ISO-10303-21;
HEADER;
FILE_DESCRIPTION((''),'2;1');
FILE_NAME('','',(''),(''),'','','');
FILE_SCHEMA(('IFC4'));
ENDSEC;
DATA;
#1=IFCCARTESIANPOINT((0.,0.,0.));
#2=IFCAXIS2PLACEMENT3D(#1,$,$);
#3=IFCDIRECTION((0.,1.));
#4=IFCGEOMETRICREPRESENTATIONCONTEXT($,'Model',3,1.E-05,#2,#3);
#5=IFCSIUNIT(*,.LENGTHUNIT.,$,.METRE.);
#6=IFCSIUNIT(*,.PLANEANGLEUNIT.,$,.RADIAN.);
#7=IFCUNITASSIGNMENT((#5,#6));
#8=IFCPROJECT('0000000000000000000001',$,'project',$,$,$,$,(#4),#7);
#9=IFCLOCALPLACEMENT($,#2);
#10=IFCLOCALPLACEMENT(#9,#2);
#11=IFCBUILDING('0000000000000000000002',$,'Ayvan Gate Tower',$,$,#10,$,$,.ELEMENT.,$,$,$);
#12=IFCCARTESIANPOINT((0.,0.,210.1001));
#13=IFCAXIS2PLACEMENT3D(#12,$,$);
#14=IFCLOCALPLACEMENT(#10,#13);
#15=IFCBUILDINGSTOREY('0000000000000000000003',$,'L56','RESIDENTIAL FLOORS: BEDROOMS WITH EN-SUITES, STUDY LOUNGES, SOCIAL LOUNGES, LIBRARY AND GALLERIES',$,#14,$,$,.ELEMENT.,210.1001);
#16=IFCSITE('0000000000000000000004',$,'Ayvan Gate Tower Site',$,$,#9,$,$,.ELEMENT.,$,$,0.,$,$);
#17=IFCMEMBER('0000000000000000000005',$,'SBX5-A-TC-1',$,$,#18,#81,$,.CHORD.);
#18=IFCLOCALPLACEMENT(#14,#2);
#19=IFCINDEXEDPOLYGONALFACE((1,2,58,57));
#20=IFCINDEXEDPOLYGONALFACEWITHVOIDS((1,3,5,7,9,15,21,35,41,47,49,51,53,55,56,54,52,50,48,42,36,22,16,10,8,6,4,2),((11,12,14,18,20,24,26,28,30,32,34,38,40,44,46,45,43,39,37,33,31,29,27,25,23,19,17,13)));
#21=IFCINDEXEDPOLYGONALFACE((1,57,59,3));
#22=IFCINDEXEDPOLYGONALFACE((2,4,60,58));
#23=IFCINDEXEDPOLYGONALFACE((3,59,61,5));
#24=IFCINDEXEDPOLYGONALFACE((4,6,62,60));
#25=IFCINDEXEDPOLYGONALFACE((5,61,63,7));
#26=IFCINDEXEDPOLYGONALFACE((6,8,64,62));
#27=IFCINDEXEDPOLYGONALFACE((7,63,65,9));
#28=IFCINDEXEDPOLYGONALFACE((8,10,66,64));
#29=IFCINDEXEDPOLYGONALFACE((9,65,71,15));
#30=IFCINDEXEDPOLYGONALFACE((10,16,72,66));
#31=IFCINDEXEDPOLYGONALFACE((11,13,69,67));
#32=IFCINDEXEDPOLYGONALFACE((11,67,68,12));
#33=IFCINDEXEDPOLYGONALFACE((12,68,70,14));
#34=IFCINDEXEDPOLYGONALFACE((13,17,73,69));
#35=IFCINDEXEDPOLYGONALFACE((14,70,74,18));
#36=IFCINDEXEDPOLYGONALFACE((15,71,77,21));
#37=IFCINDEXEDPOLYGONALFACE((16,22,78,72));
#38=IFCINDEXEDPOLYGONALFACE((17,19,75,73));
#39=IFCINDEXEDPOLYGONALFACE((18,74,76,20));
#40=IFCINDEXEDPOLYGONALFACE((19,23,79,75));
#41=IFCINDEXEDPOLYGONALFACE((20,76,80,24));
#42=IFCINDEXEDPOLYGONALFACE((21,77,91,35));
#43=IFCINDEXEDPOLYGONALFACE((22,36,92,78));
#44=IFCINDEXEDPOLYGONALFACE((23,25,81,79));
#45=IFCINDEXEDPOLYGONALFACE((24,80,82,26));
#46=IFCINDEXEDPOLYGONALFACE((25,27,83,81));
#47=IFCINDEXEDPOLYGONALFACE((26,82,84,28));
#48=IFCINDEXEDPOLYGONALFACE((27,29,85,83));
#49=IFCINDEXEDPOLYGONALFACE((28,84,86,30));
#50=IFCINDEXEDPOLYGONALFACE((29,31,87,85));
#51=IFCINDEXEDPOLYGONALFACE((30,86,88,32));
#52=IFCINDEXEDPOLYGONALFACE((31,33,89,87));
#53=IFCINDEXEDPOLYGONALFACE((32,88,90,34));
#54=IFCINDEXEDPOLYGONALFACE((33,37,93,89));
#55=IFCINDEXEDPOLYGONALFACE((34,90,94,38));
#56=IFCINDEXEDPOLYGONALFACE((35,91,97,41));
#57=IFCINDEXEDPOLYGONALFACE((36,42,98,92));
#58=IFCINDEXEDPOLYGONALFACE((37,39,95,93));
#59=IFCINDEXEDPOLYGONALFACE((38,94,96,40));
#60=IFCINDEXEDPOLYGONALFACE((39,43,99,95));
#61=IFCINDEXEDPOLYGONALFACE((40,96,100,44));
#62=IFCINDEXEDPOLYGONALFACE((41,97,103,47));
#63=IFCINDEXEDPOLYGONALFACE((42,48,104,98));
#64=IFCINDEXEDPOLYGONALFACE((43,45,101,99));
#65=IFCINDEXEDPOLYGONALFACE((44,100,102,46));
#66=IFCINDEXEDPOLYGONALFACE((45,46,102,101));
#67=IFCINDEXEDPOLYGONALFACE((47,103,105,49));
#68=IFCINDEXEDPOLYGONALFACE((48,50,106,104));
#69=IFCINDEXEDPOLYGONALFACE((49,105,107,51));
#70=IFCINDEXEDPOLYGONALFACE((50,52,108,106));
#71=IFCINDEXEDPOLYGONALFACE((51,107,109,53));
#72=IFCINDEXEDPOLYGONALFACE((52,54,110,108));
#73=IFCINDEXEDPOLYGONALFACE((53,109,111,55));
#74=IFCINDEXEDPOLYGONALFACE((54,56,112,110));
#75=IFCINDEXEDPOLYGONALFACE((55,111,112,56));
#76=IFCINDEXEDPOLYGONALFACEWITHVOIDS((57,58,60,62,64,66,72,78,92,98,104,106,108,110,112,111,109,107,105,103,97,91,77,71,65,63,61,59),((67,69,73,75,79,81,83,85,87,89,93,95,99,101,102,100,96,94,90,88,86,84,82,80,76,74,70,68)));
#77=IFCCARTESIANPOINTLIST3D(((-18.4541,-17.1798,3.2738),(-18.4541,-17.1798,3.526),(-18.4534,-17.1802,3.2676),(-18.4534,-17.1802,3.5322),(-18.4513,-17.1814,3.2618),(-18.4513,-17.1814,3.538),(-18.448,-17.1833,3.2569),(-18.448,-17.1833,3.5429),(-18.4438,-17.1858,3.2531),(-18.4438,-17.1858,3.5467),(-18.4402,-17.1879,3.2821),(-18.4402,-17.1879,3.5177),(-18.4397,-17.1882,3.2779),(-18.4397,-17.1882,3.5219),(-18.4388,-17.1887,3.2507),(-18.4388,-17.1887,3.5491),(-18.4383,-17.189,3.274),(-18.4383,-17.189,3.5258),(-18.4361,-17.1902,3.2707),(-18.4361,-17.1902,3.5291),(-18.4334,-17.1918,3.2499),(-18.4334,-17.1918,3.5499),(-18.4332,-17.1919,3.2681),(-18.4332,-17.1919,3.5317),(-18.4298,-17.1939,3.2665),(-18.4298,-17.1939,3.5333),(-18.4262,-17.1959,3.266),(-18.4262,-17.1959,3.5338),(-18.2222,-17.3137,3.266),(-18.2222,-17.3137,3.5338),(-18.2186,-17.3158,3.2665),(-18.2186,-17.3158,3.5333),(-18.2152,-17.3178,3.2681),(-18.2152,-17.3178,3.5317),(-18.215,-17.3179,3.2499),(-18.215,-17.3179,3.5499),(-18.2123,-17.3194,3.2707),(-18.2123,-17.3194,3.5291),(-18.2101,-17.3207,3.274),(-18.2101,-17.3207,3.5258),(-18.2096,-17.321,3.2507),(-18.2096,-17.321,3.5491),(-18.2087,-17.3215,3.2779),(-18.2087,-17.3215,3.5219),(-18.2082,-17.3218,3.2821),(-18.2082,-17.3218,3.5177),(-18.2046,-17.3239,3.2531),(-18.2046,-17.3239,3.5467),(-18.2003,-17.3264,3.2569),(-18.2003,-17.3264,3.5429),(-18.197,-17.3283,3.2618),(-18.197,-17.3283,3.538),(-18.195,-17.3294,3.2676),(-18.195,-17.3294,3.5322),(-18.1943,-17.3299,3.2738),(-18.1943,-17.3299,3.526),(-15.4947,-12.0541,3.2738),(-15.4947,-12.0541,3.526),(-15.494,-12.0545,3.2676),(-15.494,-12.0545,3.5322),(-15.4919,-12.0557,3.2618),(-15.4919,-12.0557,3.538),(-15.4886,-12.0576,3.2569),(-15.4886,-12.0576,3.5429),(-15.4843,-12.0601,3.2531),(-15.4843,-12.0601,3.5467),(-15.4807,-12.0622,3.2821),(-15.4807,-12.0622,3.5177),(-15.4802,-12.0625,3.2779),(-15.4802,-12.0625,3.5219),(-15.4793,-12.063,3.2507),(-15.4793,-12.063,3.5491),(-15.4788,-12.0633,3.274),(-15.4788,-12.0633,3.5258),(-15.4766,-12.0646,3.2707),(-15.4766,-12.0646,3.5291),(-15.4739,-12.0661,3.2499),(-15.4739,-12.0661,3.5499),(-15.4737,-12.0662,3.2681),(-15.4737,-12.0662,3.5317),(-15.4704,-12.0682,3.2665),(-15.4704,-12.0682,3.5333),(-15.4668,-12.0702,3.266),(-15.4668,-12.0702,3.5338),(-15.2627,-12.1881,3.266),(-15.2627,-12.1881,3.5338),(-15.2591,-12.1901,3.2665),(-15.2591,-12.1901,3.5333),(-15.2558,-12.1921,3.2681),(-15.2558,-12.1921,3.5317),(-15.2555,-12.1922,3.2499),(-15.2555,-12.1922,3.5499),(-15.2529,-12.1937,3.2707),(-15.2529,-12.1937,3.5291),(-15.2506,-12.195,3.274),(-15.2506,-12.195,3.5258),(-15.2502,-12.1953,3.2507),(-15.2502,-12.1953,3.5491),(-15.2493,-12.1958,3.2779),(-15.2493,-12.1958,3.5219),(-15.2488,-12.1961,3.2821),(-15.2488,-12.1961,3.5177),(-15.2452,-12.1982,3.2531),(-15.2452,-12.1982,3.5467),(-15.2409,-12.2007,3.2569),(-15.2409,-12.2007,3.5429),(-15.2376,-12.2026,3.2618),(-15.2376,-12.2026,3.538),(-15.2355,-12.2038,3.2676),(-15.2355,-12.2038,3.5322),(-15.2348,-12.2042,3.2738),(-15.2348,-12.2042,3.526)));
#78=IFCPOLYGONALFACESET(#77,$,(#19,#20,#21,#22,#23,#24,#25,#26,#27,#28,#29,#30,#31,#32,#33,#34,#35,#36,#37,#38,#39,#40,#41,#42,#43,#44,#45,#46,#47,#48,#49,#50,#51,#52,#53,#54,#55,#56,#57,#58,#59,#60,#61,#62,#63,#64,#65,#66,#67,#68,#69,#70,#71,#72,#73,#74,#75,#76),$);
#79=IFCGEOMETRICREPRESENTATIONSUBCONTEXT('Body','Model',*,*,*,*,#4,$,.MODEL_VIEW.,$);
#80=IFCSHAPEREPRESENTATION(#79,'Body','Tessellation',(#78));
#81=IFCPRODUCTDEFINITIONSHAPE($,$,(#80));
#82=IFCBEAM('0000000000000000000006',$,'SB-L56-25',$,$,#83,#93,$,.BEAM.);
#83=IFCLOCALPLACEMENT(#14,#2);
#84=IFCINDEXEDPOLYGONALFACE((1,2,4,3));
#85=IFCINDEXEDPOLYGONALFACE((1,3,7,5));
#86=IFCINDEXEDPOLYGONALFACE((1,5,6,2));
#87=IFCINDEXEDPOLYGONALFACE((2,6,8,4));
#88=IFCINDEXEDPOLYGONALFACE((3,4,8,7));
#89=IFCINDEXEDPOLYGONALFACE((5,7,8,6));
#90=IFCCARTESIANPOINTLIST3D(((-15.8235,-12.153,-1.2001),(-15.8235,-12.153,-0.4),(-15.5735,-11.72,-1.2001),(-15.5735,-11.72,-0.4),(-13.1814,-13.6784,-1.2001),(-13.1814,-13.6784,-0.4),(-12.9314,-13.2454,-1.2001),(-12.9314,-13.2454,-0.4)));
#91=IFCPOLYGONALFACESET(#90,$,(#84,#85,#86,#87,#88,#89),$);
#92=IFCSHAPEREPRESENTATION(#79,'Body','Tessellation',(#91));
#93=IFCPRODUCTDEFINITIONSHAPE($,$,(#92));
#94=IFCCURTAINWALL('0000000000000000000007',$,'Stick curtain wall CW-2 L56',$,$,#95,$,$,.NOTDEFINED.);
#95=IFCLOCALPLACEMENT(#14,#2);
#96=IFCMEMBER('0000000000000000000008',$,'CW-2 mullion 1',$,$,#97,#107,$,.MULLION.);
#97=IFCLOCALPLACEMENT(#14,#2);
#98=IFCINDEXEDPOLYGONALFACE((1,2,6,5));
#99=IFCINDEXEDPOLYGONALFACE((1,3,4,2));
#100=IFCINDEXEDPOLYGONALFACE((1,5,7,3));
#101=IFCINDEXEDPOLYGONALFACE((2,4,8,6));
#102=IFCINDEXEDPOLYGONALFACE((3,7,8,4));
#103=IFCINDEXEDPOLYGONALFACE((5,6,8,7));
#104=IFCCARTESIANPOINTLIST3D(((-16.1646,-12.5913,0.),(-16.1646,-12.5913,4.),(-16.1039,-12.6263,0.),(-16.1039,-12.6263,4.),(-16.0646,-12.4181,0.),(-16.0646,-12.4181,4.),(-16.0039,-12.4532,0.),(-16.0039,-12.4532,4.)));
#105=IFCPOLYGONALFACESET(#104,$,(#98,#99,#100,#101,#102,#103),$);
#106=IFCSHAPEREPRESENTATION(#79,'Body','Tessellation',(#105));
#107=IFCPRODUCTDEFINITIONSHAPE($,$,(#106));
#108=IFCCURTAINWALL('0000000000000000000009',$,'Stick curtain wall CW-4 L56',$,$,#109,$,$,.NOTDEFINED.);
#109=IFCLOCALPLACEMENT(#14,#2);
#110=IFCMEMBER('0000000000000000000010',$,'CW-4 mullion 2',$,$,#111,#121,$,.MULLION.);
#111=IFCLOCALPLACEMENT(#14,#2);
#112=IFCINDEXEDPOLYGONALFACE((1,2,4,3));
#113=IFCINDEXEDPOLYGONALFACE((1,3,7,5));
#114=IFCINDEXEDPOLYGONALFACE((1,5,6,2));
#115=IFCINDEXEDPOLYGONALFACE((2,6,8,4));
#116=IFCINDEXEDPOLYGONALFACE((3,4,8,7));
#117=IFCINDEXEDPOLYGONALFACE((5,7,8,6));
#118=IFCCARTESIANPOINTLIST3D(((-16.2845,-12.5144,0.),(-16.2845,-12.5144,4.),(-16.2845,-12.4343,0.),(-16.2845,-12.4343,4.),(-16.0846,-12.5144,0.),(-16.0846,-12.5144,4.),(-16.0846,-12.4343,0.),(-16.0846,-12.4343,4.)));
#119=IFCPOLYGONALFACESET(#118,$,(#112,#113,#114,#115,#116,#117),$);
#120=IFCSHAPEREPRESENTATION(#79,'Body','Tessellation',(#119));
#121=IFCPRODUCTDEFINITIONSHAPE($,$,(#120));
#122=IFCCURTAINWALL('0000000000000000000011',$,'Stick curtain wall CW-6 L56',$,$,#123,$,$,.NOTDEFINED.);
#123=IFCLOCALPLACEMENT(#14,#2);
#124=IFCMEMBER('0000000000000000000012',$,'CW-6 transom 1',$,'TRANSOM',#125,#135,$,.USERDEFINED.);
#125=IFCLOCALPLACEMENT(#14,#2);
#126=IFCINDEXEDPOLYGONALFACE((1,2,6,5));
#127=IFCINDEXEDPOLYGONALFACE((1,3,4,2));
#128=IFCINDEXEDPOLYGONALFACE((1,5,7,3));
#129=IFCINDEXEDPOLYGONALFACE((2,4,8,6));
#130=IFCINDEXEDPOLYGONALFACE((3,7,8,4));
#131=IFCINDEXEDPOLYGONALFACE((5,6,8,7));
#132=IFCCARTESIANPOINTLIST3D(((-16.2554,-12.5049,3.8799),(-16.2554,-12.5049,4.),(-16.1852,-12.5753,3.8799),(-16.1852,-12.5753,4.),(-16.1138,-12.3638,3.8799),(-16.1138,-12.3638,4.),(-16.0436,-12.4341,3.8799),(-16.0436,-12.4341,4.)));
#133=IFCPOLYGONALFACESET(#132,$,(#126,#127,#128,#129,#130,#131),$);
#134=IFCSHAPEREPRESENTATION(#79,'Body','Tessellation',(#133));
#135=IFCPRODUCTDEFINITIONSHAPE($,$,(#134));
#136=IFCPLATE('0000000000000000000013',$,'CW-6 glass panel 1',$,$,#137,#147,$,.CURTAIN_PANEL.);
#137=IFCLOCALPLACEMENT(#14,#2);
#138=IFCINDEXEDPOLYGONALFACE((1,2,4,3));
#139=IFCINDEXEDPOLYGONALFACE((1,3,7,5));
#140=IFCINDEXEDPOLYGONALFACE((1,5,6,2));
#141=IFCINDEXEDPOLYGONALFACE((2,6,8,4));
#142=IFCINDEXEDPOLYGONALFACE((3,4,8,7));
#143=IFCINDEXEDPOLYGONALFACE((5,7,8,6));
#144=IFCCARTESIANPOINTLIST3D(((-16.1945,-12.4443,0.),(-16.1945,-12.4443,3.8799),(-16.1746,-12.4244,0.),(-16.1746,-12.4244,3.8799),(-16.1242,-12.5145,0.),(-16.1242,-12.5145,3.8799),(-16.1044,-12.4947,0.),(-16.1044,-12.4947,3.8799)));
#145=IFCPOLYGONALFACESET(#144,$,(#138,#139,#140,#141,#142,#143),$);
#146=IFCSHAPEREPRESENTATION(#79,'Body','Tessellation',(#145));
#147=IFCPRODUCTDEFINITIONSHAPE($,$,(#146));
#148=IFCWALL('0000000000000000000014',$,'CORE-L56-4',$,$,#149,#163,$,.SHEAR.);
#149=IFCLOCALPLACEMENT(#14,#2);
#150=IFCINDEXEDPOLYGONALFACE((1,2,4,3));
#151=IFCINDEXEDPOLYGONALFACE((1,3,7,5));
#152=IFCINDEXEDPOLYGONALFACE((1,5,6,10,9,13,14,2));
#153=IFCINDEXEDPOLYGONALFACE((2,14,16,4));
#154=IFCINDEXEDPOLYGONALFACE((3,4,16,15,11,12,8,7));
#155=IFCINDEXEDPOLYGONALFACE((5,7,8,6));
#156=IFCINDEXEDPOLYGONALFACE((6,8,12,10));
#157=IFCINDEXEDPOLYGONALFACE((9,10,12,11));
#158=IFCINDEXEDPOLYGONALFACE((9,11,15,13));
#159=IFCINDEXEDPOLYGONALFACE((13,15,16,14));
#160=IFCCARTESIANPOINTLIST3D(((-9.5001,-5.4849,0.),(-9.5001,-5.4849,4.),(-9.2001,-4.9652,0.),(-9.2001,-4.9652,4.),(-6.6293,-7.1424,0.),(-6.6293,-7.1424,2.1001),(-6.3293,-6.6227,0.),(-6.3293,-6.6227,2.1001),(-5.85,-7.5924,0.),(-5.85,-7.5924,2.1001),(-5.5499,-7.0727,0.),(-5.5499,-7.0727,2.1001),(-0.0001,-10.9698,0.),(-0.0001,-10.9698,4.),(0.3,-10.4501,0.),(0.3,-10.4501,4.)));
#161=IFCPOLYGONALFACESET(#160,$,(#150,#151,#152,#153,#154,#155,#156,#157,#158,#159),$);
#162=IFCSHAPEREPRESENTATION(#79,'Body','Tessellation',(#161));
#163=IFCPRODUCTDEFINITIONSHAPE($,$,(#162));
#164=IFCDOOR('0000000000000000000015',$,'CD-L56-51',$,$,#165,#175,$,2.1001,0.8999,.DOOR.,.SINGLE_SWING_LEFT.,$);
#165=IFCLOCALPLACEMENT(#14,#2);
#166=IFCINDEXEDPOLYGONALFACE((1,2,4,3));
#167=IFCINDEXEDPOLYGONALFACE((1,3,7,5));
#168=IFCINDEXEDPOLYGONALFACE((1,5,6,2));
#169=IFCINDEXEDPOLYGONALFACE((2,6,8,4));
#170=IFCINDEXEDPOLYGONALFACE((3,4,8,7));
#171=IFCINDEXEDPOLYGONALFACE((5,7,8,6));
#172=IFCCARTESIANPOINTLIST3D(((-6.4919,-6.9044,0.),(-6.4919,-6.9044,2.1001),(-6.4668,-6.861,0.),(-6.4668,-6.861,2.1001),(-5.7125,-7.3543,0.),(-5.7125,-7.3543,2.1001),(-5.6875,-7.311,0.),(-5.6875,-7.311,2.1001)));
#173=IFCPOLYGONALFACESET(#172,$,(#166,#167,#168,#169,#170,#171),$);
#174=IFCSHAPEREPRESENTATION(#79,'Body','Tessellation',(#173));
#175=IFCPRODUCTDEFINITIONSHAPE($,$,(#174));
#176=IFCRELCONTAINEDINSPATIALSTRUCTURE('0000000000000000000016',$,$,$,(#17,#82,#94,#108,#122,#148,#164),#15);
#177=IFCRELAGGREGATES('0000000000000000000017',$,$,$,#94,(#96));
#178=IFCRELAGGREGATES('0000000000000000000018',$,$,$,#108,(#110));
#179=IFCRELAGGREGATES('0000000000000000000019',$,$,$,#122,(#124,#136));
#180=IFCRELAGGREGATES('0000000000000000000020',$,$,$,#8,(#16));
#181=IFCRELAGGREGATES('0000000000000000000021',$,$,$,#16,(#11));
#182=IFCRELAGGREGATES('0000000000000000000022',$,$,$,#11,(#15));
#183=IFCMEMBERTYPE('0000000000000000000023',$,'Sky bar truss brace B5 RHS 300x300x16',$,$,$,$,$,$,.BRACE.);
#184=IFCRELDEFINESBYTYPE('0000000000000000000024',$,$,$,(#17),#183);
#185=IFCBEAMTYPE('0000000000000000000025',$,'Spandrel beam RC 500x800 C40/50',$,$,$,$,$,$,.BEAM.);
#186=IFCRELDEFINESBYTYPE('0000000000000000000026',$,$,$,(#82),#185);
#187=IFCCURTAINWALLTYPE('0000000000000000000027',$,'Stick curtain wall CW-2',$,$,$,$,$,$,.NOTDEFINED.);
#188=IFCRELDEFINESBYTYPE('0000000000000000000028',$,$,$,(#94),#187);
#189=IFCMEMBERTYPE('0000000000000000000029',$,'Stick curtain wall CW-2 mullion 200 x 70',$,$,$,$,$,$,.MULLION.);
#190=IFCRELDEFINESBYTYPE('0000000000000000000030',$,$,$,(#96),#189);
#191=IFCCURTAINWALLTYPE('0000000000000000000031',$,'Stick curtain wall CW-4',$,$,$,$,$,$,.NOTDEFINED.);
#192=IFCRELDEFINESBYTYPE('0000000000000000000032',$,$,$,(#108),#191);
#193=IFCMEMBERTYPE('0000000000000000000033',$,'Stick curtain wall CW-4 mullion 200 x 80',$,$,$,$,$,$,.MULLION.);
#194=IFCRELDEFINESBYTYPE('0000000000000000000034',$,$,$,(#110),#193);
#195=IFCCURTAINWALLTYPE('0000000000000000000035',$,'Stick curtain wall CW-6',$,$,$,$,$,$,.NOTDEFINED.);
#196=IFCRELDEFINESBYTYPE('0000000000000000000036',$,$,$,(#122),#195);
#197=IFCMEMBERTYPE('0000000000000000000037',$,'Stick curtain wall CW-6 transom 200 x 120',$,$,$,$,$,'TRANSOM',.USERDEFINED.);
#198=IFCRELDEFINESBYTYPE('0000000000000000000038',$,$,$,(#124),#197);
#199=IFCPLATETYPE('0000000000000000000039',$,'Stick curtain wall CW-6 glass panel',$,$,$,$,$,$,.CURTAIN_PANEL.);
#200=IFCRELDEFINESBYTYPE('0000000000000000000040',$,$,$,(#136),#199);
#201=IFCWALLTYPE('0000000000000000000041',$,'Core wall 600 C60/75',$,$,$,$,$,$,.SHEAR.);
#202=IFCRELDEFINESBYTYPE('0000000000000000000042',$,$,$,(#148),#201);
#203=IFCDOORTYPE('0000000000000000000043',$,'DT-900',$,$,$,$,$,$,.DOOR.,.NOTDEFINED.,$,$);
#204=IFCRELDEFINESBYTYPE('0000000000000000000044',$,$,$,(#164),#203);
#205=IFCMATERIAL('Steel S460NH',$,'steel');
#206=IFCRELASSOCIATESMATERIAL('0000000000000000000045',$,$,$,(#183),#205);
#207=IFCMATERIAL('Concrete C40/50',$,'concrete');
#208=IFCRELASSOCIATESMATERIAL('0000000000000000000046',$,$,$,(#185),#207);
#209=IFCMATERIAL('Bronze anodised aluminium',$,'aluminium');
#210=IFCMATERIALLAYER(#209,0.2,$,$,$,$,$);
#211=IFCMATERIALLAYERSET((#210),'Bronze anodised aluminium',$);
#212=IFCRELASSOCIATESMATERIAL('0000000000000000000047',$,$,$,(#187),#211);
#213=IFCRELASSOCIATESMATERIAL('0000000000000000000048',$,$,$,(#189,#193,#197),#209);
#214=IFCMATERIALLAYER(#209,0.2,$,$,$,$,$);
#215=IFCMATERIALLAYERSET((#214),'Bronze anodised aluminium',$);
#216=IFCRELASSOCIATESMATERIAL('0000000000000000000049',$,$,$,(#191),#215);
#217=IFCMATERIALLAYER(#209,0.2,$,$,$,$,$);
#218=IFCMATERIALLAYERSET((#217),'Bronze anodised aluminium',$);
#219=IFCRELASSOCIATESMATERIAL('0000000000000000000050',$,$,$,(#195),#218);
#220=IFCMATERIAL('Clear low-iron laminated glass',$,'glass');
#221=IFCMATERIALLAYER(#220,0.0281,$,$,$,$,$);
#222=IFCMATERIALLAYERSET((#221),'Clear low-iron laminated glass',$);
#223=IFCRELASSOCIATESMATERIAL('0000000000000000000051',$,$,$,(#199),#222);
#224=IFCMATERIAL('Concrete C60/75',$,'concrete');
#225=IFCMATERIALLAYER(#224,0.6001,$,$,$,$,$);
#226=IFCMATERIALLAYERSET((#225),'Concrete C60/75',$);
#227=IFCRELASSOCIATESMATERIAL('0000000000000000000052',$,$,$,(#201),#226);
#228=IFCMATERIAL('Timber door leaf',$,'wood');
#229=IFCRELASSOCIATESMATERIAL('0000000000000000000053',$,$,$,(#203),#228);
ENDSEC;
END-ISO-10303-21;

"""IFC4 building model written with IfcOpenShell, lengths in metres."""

from ifc_helpers import new_model, si_unit, direction, frame, frame_2d, origin, origin_2d, place, context, subcontext, project, spatial, rectangle, hollow_rectangle, extrude, material, layer, layer_set, material_profile, profile_set, type_object, element, fill, aggregate, save


model = new_model("IFC4")

# Units and contexts
model_context = context("Model", 3, precision=1e-05, world=origin(), true_north=direction((0.0, 1.0)))
body_context = subcontext(model_context, "Body", "Model", "MODEL_VIEW")
ifc_project = project(units=[si_unit("LENGTHUNIT", "METRE"), si_unit("PLANEANGLEUNIT", "RADIAN")], contexts=[model_context])

# Site, building, storey
site_placement = place(None, origin())
site = spatial("IfcSite", under=ifc_project, at=site_placement, Name="Ayvan Gate Tower Site", CompositionType="ELEMENT", RefElevation=0.0)
building_placement = place(site_placement, origin())
building = spatial("IfcBuilding", under=site, at=building_placement, Name="Ayvan Gate Tower", CompositionType="ELEMENT")
storey_placement = place(building_placement, frame((0.0, 0.0, 210.1001)))
storey = spatial("IfcBuildingStorey", under=building, at=storey_placement, Name="L56", Description="RESIDENTIAL FLOORS: BEDROOMS WITH EN-SUITES, STUDY LOUNGES, SOCIAL LOUNGES, LIBRARY AND GALLERIES", CompositionType="ELEMENT", Elevation=210.1001)

# Shared definitions
ifc_material_1 = material(Name="Concrete C40/50", Category="concrete")

# Member
ifc_material_2 = material(Name="Steel S460NH", Category="steel")
ifc_material_profile_1 = material_profile(ifc_material_2, hollow_rectangle(XDim=0.3, YDim=0.3, WallThickness=0.0161, InnerFilletRadius=0.0161, OuterFilletRadius=0.0239, at=origin_2d()), Name="RHS 300x300x16")
ifc_profile_set_1 = profile_set([ifc_material_profile_1], Name="Steel S460NH")
member_type_1 = type_object("IfcMemberType", Name="Sky bar truss brace B5 RHS 300x300x16", PredefinedType="BRACE", material=ifc_profile_set_1)
member_1_placement = place(storey_placement, frame((-15.3647, -12.1292, 3.3999), z_axis=(-0.500016, -0.866016, 0.0), x_axis=(0.866016, -0.500016, 0.0)))
element("IfcMember", 1, at=member_1_placement, inside=storey, type_object=member_type_1, Name="SBX5-A-TC-1", PredefinedType="CHORD", context=body_context, shape_type="SweptSolid", body=[
    extrude(hollow_rectangle(XDim=0.3, YDim=0.3, WallThickness=0.0161, InnerFilletRadius=0.0161, OuterFilletRadius=0.0239, at=origin_2d()), origin(), (0.0, 0.0, 1.0), 5.9187),
])

# Beam
ifc_material_profile_2 = material_profile(ifc_material_1, rectangle(XDim=0.5, YDim=0.8, at=origin_2d()), Name="RC 500x800")
ifc_profile_set_2 = profile_set([ifc_material_profile_2], Name="Concrete C40/50")
beam_type_1 = type_object("IfcBeamType", Name="Spandrel beam RC 500x800 C40/50", PredefinedType="BEAM", material=ifc_profile_set_2)
beam_1_placement = place(storey_placement, frame((-15.6985, -11.9365, -0.8), z_axis=(0.866028, -0.499995, 0.0), x_axis=(0.499995, 0.866028, 0.0)))
element("IfcBeam", 2, at=beam_1_placement, inside=storey, type_object=beam_type_1, Name="SB-L56-25", PredefinedType="BEAM", context=body_context, shape_type="SweptSolid", body=[
    extrude(rectangle(XDim=0.5, YDim=0.8, at=origin_2d()), origin(), (0.0, 0.0, 1.0), 3.0508),
])

# Curtain walls, members
ifc_material_3 = material(Name="Bronze anodised aluminium", Category="aluminium")
ifc_layer_1 = layer(ifc_material_3, 0.2)
ifc_layer_set_1 = layer_set([ifc_layer_1], Name="Bronze anodised aluminium")
curtain_wall_type_1 = type_object("IfcCurtainWallType", Name="Stick curtain wall CW-2", PredefinedType="NOTDEFINED", material=ifc_layer_set_1)
curtain_wall_1_placement = place(storey_placement, origin())
curtain_wall_1 = element("IfcCurtainWall", 3, at=curtain_wall_1_placement, inside=storey, type_object=curtain_wall_type_1, Name="Stick curtain wall CW-2 L56", PredefinedType="NOTDEFINED")
ifc_material_profile_3 = material_profile(ifc_material_3, rectangle(XDim=0.2, YDim=0.0701, at=origin_2d()), Name="Stick curtain wall CW-2 mullion 200 x 70")
ifc_profile_set_3 = profile_set([ifc_material_profile_3], Name="Bronze anodised aluminium")
member_type_2 = type_object("IfcMemberType", Name="Stick curtain wall CW-2 mullion 200 x 70", PredefinedType="MULLION", material=ifc_profile_set_3)
member_2_placement = place(storey_placement, frame((-16.0842, -12.5222, 0.0), z_axis=(0.0, 0.0, 1.0), x_axis=(-0.5, -0.866025, 0.0)))
member_2 = element("IfcMember", 4, at=member_2_placement, type_object=member_type_2, Name="CW-2 mullion 1", PredefinedType="MULLION", context=body_context, shape_type="SweptSolid", body=[
    extrude(rectangle(XDim=0.2, YDim=0.0701, at=origin_2d()), origin(), (0.0, 0.0, 1.0), 4.0),
])
aggregate(curtain_wall_1, [member_2])
ifc_layer_2 = layer(ifc_material_3, 0.2)
ifc_layer_set_2 = layer_set([ifc_layer_2], Name="Bronze anodised aluminium")
curtain_wall_type_2 = type_object("IfcCurtainWallType", Name="Stick curtain wall CW-4", PredefinedType="NOTDEFINED", material=ifc_layer_set_2)
curtain_wall_2_placement = place(storey_placement, origin())
curtain_wall_2 = element("IfcCurtainWall", 5, at=curtain_wall_2_placement, inside=storey, type_object=curtain_wall_type_2, Name="Stick curtain wall CW-4 L56", PredefinedType="NOTDEFINED")
ifc_material_profile_4 = material_profile(ifc_material_3, rectangle(XDim=0.2, YDim=0.0801, at=origin_2d()), Name="Stick curtain wall CW-4 mullion 200 x 80")
ifc_profile_set_4 = profile_set([ifc_material_profile_4], Name="Bronze anodised aluminium")
member_type_3 = type_object("IfcMemberType", Name="Stick curtain wall CW-4 mullion 200 x 80", PredefinedType="MULLION", material=ifc_profile_set_4)
member_3_placement = place(storey_placement, frame((-16.1846, -12.4744, 0.0), z_axis=(0.0, 0.0, 1.0), x_axis=(1.0, 0.0, 0.0)))
member_3 = element("IfcMember", 6, at=member_3_placement, type_object=member_type_3, Name="CW-4 mullion 2", PredefinedType="MULLION", context=body_context, shape_type="SweptSolid", body=[
    extrude(rectangle(XDim=0.2, YDim=0.0801, at=origin_2d()), origin(), (0.0, 0.0, 1.0), 4.0),
])
aggregate(curtain_wall_2, [member_3])

# Curtain wall, member, plate
ifc_layer_3 = layer(ifc_material_3, 0.2)
ifc_layer_set_3 = layer_set([ifc_layer_3], Name="Bronze anodised aluminium")
curtain_wall_type_3 = type_object("IfcCurtainWallType", Name="Stick curtain wall CW-6", PredefinedType="NOTDEFINED", material=ifc_layer_set_3)
curtain_wall_3_placement = place(storey_placement, origin())
curtain_wall_3 = element("IfcCurtainWall", 7, at=curtain_wall_3_placement, inside=storey, type_object=curtain_wall_type_3, Name="Stick curtain wall CW-6 L56", PredefinedType="NOTDEFINED")
ifc_material_profile_5 = material_profile(ifc_material_3, rectangle(XDim=0.2, YDim=0.1201, at=origin_2d()), Name="Stick curtain wall CW-6 transom 200 x 120")
ifc_profile_set_5 = profile_set([ifc_material_profile_5], Name="Bronze anodised aluminium")
member_type_4 = type_object("IfcMemberType", Name="Stick curtain wall CW-6 transom 200 x 120", ElementType="TRANSOM", PredefinedType="USERDEFINED", material=ifc_profile_set_5)
member_4_placement = place(storey_placement, frame((-16.1846, -12.4343, 3.9399), z_axis=(0.705876, -0.708335, 0.0), x_axis=(0.708335, 0.705876, 0.0)))
member_4 = element("IfcMember", 8, at=member_4_placement, type_object=member_type_4, Name="CW-6 transom 1", ObjectType="TRANSOM", PredefinedType="USERDEFINED", context=body_context, shape_type="SweptSolid", body=[
    extrude(rectangle(XDim=0.2, YDim=0.1201, at=origin_2d()), origin(), (0.0, 0.0, 1.0), 0.0994),
])
ifc_material_4 = material(Name="Clear low-iron laminated glass", Category="glass")
ifc_layer_4 = layer(ifc_material_4, 0.0281)
ifc_layer_set_4 = layer_set([ifc_layer_4], Name="Clear low-iron laminated glass")
plate_type = type_object("IfcPlateType", Name="Stick curtain wall CW-6 glass panel", PredefinedType="CURTAIN_PANEL", material=ifc_layer_set_4)
plate_placement = place(storey_placement, frame((-16.1494, -12.4695, 0.0), z_axis=(0.0, 0.0, 1.0), x_axis=(0.707107, -0.707107, 0.0)))
plate = element("IfcPlate", 9, at=plate_placement, type_object=plate_type, Name="CW-6 glass panel 1", PredefinedType="CURTAIN_PANEL", context=body_context, shape_type="SweptSolid", body=[
    extrude(rectangle(XDim=0.0994, YDim=0.0281, at=origin_2d()), origin(), (0.0, 0.0, 1.0), 3.8799),
])
aggregate(curtain_wall_3, [member_4, plate])

# Wall, opening, door
ifc_material_5 = material(Name="Concrete C60/75", Category="concrete")
ifc_layer_5 = layer(ifc_material_5, 0.6001)
ifc_layer_set_5 = layer_set([ifc_layer_5], Name="Concrete C60/75")
wall_type_1 = type_object("IfcWallType", Name="Core wall 600 C60/75", PredefinedType="SHEAR", material=ifc_layer_set_5)
wall_1_placement = place(storey_placement, frame((-9.3501, -5.2251, 0.0), z_axis=(0.0, 0.0, 1.0), x_axis=(0.866024, -0.500002, 0.0)))
wall_1 = element("IfcWall", 10, at=wall_1_placement, inside=storey, type_object=wall_type_1, Name="CORE-L56-4", PredefinedType="SHEAR", context=body_context, shape_type="SweptSolid", body=[
    extrude(rectangle(XDim=10.9697, YDim=0.6001, at=frame_2d((5.4849, 0.0))), origin(), (0.0, 0.0, 1.0), 4.0),
])
opening_1_placement = place(wall_1_placement, frame((3.3149, 0.0, 0.0)))
opening_1 = element("IfcOpeningElement", 11, at=opening_1_placement, cuts=wall_1, PredefinedType="OPENING", context=body_context, shape_type="SweptSolid", body=[
    extrude(rectangle(XDim=0.8999, YDim=2.1001, at=frame_2d((0.45, 1.05))), frame((0.0, 0.3101, 0.0), z_axis=(0.0, -1.0, 0.0), x_axis=(1.0, 0.0, 0.0)), (0.0, 0.0, 1.0), 0.6201),
])
ifc_material_6 = material(Name="Timber door leaf", Category="wood")
door_type_1 = type_object("IfcDoorType", Name="DT-900", OperationType="NOTDEFINED", PredefinedType="DOOR", material=ifc_material_6)
door_1_placement = place(opening_1_placement, origin())
door_1 = element("IfcDoor", 12, at=door_1_placement, inside=storey, type_object=door_type_1, Name="CD-L56-51", OperationType="SINGLE_SWING_LEFT", OverallHeight=2.1001, OverallWidth=0.8999, PredefinedType="DOOR", context=body_context, shape_type="SweptSolid", body=[
    extrude(rectangle(XDim=0.8999, YDim=2.1001, at=frame_2d((0.45, 1.05))), frame((0.0, 0.0249, 0.0), z_axis=(0.0, -1.0, 0.0), x_axis=(1.0, 0.0, 0.0)), (0.0, 0.0, 1.0), 0.05),
])
fill(opening_1, door_1)

save(model, "model.ifc")
